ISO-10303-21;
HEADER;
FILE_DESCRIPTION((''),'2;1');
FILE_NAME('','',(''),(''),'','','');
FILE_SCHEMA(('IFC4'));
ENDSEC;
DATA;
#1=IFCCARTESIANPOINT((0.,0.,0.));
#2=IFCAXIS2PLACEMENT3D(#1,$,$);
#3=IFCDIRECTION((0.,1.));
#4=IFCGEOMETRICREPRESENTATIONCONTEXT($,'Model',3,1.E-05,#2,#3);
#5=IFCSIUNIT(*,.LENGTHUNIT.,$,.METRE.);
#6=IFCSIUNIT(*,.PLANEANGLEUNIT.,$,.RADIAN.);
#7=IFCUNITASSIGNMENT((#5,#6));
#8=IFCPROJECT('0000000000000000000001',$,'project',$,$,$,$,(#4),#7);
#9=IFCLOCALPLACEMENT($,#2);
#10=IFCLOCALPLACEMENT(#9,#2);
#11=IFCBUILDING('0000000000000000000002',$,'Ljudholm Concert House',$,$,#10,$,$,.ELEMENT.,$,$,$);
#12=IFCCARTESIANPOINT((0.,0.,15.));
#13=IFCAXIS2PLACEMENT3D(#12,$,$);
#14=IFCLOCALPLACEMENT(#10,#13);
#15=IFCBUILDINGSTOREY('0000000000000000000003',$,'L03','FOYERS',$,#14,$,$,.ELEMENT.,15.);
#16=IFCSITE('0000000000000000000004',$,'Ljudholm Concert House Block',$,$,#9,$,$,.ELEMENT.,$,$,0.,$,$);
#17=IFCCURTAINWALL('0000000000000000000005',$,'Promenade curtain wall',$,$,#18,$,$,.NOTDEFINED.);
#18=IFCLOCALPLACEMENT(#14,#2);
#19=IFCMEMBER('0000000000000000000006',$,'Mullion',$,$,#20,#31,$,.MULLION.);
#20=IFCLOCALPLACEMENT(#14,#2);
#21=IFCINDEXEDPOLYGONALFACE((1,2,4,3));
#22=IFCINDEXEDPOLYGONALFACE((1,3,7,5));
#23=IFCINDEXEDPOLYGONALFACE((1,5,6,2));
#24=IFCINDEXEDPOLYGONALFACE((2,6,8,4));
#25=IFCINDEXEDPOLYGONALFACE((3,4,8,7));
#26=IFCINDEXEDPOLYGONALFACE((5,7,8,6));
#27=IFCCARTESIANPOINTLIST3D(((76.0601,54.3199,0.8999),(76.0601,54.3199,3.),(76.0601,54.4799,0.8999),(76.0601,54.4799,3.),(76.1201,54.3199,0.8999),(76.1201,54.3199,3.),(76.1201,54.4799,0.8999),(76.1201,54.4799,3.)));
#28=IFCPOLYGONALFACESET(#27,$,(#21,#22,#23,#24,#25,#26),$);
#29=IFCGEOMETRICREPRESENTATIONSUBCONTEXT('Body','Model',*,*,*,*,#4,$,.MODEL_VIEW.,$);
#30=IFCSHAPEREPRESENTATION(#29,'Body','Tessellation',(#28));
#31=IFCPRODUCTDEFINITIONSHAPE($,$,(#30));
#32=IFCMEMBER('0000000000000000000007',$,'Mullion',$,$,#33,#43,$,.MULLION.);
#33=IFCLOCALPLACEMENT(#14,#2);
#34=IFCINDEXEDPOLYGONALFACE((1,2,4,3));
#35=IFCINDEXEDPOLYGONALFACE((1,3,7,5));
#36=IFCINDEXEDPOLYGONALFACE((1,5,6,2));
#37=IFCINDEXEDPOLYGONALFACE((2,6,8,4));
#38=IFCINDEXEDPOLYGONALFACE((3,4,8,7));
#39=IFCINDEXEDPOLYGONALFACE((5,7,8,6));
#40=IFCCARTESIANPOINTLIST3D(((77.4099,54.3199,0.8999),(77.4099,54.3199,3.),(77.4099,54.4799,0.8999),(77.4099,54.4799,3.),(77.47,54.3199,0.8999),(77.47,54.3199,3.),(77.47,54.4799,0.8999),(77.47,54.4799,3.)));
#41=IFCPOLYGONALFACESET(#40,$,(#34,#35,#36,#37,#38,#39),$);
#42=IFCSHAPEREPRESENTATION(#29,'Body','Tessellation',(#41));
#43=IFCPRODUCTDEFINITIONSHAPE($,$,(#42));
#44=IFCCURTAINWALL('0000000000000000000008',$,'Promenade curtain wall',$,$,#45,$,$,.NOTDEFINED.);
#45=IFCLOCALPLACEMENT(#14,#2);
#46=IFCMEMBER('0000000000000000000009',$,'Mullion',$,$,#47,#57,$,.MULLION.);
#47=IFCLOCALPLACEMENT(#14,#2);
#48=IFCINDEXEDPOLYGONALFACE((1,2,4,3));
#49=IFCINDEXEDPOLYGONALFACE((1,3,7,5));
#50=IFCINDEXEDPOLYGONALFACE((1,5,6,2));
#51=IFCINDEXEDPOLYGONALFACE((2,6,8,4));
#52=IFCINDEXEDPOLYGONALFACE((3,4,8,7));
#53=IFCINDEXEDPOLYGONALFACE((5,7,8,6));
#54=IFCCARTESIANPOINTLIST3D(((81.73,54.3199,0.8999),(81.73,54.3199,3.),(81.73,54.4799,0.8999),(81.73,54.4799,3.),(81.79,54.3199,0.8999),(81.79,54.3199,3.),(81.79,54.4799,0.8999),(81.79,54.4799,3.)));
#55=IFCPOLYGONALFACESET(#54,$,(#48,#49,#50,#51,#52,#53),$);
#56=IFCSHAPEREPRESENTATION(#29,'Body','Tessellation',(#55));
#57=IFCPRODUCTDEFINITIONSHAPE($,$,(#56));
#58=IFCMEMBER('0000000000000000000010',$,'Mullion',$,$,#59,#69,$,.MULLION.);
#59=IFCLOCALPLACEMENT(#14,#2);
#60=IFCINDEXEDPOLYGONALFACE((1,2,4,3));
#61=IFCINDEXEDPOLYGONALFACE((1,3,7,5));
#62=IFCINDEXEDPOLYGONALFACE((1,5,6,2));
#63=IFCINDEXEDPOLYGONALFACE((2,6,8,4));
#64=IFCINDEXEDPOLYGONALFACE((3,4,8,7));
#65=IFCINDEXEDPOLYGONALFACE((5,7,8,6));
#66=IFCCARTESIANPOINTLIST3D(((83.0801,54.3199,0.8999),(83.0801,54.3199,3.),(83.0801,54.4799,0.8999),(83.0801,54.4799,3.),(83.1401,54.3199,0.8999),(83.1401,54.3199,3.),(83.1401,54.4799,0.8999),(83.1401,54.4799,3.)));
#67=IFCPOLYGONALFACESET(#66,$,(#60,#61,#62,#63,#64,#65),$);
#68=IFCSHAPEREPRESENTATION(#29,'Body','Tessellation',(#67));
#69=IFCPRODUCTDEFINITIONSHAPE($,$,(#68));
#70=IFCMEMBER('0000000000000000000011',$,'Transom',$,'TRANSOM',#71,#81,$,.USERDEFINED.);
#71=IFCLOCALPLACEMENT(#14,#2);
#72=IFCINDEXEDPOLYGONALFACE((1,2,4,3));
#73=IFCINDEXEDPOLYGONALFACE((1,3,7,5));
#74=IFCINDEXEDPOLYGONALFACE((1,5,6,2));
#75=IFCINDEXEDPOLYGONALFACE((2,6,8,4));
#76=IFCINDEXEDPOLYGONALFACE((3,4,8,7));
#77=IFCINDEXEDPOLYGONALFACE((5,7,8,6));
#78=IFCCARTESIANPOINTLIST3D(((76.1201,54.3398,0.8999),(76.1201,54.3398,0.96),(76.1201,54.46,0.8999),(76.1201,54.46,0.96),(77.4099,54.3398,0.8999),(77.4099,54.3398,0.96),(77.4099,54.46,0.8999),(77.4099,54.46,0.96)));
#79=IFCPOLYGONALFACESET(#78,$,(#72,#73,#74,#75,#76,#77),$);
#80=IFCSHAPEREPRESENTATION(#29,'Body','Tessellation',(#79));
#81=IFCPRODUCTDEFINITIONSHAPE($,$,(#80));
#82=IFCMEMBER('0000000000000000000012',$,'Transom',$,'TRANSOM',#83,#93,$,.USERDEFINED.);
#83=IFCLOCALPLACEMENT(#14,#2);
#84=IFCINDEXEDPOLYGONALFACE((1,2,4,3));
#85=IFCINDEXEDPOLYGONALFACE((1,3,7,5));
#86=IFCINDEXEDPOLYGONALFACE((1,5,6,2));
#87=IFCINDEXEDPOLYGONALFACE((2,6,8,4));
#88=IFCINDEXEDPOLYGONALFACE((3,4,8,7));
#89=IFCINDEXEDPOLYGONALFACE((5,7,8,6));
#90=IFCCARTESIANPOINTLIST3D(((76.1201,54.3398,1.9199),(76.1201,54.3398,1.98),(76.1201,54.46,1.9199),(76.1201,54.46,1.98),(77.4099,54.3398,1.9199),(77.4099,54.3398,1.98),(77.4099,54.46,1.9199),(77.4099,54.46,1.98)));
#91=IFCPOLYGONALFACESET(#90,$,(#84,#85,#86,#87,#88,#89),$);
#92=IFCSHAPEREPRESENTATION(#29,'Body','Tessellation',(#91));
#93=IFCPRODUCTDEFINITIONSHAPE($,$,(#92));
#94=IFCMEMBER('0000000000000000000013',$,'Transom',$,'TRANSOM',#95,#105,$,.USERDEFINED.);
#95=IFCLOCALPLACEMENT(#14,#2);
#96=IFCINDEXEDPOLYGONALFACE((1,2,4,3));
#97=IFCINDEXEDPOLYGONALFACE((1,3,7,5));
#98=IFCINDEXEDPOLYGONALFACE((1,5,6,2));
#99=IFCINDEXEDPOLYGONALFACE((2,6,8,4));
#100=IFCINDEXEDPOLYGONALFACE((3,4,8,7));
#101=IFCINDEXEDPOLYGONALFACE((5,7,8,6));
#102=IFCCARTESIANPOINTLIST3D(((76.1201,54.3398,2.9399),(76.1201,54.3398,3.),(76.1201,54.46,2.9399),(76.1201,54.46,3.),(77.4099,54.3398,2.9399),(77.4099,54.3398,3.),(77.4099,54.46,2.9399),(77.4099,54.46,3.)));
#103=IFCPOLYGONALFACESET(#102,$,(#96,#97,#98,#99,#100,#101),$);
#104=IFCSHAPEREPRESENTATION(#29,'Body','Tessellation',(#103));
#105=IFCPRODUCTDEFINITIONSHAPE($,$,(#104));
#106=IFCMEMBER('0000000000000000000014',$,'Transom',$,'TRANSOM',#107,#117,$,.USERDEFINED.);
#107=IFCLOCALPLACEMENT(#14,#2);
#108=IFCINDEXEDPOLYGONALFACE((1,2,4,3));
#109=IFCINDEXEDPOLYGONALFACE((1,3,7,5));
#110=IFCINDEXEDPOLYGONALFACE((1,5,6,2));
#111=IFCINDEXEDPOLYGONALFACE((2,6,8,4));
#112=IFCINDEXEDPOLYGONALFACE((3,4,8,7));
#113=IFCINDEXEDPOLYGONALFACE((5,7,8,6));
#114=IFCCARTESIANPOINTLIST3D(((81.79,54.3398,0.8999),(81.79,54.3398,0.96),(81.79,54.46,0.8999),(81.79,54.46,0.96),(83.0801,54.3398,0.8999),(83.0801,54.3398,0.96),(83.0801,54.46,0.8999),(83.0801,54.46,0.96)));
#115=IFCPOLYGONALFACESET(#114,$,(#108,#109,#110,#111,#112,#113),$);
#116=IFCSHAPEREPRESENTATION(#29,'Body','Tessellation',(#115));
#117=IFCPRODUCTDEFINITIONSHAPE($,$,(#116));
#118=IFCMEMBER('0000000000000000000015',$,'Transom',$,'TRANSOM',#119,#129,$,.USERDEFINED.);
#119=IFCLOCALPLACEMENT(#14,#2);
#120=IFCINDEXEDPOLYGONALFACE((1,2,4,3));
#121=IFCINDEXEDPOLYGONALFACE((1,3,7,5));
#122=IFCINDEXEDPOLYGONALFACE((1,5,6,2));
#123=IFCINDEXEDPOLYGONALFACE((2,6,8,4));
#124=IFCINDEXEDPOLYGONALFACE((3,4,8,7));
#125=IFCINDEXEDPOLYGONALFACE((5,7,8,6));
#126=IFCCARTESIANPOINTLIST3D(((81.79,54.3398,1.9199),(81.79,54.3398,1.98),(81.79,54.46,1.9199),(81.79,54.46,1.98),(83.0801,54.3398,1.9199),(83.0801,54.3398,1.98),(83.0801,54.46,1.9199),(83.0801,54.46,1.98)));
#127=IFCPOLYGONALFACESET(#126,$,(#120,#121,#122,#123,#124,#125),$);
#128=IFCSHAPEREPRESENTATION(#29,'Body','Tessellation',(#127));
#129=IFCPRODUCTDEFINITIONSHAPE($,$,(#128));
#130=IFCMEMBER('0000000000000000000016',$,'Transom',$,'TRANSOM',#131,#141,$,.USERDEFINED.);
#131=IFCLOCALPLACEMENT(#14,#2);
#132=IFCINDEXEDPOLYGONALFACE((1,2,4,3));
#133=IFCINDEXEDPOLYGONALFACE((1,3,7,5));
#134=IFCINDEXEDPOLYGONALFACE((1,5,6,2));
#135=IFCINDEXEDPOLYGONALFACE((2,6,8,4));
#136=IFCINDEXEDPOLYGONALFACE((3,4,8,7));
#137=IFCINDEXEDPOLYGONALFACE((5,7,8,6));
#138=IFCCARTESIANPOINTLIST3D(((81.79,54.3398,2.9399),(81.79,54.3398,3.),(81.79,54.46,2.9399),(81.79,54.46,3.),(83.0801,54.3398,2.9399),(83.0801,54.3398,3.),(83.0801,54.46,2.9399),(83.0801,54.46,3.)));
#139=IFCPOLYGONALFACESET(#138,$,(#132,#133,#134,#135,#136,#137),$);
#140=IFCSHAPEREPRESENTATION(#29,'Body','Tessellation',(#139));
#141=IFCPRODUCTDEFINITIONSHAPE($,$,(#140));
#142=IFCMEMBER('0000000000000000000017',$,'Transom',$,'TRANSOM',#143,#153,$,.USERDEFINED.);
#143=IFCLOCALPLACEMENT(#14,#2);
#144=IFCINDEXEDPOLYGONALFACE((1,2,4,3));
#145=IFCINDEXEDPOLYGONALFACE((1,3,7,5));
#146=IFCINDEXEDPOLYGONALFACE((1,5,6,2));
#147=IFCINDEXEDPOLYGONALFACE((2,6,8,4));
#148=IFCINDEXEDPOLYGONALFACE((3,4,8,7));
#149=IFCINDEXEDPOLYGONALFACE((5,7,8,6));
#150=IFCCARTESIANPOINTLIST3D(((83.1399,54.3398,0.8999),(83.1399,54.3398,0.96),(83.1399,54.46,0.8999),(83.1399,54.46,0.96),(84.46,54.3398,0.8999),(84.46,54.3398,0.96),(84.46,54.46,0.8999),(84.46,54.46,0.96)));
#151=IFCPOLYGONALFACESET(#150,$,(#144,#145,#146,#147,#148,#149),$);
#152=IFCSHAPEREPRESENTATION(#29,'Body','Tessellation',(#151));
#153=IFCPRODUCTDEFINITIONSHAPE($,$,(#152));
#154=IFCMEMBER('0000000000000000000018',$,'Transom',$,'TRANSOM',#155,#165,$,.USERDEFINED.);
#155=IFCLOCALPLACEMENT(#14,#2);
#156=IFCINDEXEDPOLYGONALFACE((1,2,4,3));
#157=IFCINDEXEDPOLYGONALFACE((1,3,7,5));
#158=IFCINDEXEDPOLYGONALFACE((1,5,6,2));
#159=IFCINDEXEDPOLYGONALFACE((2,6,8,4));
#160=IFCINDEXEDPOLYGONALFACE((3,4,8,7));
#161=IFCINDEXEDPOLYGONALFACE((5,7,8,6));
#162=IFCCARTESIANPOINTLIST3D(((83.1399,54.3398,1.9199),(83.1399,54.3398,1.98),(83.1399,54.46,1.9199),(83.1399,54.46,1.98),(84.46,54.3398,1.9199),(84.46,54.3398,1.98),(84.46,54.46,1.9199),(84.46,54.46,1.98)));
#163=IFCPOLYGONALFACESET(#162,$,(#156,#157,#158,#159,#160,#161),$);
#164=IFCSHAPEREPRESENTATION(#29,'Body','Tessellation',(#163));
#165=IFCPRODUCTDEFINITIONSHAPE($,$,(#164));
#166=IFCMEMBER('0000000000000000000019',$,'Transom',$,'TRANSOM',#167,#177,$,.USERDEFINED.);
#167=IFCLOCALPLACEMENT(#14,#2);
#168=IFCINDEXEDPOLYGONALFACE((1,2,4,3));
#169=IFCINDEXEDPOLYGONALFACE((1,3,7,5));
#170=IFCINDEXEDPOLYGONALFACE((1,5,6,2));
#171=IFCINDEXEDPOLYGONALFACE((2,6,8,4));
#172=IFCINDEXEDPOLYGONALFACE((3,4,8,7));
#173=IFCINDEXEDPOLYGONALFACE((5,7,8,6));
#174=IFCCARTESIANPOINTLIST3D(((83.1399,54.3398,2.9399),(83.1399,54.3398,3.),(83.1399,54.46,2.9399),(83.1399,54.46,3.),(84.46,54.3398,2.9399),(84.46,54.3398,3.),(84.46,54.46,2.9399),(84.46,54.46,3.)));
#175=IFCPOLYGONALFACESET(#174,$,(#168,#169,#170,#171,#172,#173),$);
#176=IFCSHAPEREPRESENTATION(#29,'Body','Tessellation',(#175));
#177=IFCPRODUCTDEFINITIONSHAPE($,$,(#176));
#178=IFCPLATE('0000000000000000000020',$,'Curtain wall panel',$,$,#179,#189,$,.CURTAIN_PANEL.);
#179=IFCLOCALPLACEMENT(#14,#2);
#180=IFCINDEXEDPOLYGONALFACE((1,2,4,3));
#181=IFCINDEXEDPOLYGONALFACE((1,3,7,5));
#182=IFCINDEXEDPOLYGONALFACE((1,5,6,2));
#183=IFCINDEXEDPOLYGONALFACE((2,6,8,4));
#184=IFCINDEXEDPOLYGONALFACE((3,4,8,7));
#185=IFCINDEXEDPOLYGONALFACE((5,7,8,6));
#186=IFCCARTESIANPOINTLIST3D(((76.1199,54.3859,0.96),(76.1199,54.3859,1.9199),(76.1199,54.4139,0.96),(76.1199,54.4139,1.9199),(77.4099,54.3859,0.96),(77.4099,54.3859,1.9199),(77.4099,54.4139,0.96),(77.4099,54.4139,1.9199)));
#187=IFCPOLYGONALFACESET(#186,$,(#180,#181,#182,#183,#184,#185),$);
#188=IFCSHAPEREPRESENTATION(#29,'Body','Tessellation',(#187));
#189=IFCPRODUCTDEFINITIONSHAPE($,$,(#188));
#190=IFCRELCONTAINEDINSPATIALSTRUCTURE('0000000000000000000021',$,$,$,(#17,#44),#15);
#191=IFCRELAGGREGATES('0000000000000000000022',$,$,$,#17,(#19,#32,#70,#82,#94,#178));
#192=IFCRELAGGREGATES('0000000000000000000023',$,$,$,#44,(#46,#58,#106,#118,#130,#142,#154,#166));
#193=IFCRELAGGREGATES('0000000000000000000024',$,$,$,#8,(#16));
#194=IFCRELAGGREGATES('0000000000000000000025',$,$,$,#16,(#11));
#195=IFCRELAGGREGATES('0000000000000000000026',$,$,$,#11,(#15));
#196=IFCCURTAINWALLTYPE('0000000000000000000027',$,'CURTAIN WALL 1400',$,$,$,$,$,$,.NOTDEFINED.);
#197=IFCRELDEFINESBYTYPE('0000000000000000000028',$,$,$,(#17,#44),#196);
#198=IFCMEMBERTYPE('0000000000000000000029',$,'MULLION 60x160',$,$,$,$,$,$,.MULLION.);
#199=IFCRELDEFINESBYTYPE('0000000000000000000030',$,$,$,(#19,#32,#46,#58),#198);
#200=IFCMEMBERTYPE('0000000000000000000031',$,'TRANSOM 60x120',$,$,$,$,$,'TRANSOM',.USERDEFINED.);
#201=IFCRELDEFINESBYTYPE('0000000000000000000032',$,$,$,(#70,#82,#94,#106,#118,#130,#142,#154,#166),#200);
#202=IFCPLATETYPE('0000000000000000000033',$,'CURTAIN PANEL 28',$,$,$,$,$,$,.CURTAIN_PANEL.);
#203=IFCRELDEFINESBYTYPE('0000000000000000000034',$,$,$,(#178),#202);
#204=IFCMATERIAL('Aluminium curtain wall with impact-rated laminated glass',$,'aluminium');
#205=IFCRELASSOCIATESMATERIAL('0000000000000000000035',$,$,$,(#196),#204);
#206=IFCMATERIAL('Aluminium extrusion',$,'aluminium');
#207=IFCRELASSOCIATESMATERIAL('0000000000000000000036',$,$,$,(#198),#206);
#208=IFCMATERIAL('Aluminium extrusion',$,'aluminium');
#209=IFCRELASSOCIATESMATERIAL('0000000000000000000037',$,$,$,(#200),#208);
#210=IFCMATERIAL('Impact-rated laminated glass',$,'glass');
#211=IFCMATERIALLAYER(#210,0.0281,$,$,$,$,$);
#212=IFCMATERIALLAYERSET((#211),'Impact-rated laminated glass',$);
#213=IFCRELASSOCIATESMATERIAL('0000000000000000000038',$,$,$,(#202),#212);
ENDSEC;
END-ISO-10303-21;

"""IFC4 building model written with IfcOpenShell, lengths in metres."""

from ifc_helpers import new_model, si_unit, direction, frame, origin, origin_2d, place, context, subcontext, project, spatial, rectangle, extrude, material, layer, layer_set, material_profile, profile_set, type_object, element, aggregate, save


model = new_model("IFC4")

# Units and contexts
model_context = context("Model", 3, precision=1e-05, world=origin(), true_north=direction((0.0, 1.0)))
body_context = subcontext(model_context, "Body", "Model", "MODEL_VIEW")
ifc_project = project(units=[si_unit("LENGTHUNIT", "METRE"), si_unit("PLANEANGLEUNIT", "RADIAN")], contexts=[model_context])

# Site, building, storey
site_placement = place(None, origin())
site = spatial("IfcSite", under=ifc_project, at=site_placement, Name="Ljudholm Concert House Block", CompositionType="ELEMENT", RefElevation=0.0)
building_placement = place(site_placement, origin())
building = spatial("IfcBuilding", under=site, at=building_placement, Name="Ljudholm Concert House", CompositionType="ELEMENT")
storey_placement = place(building_placement, frame((0.0, 0.0, 15.0)))
storey = spatial("IfcBuildingStorey", under=building, at=storey_placement, Name="L03", Description="FOYERS", CompositionType="ELEMENT", Elevation=15.0)

# Curtain walls, members
ifc_material_1 = material(Name="Aluminium curtain wall with impact-rated laminated glass", Category="aluminium")
curtain_wall_type = type_object("IfcCurtainWallType", Name="CURTAIN WALL 1400", PredefinedType="NOTDEFINED", material=ifc_material_1)
curtain_wall_1_placement = place(storey_placement, origin())
curtain_wall_1 = element("IfcCurtainWall", 1, at=curtain_wall_1_placement, inside=storey, type_object=curtain_wall_type, Name="Promenade curtain wall", PredefinedType="NOTDEFINED")
ifc_material_2 = material(Name="Aluminium extrusion", Category="aluminium")
ifc_material_profile_1 = material_profile(ifc_material_2, rectangle(XDim=0.1599, YDim=0.0601, at=origin_2d()), Name="MULLION 60x160")
ifc_profile_set_1 = profile_set([ifc_material_profile_1], Name="Aluminium extrusion")
member_type_1 = type_object("IfcMemberType", Name="MULLION 60x160", PredefinedType="MULLION", material=ifc_profile_set_1)
member_1_placement = place(storey_placement, frame((76.0901, 54.3999, 0.8999), z_axis=(0.0, 0.0, 1.0), x_axis=(0.0, 1.0, 0.0)))
member_1 = element("IfcMember", 2, at=member_1_placement, type_object=member_type_1, Name="Mullion", PredefinedType="MULLION", context=body_context, shape_type="SweptSolid", body=[
    extrude(rectangle(XDim=0.1599, YDim=0.0601, at=origin_2d()), origin(), (0.0, 0.0, 1.0), 2.1001),
])
member_2_placement = place(storey_placement, frame((77.4399, 54.3999, 0.8999), z_axis=(0.0, 0.0, 1.0), x_axis=(0.0, 1.0, 0.0)))
member_2 = element("IfcMember", 3, at=member_2_placement, type_object=member_type_1, Name="Mullion", PredefinedType="MULLION", context=body_context, shape_type="SweptSolid", body=[
    extrude(rectangle(XDim=0.1599, YDim=0.0601, at=origin_2d()), origin(), (0.0, 0.0, 1.0), 2.1001),
])
curtain_wall_2_placement = place(storey_placement, origin())
curtain_wall_2 = element("IfcCurtainWall", 4, at=curtain_wall_2_placement, inside=storey, type_object=curtain_wall_type, Name="Promenade curtain wall", PredefinedType="NOTDEFINED")
member_3_placement = place(storey_placement, frame((81.76, 54.3999, 0.8999), z_axis=(0.0, 0.0, 1.0), x_axis=(0.0, 1.0, 0.0)))
member_3 = element("IfcMember", 5, at=member_3_placement, type_object=member_type_1, Name="Mullion", PredefinedType="MULLION", context=body_context, shape_type="SweptSolid", body=[
    extrude(rectangle(XDim=0.1599, YDim=0.0601, at=origin_2d()), origin(), (0.0, 0.0, 1.0), 2.1001),
])
member_4_placement = place(storey_placement, frame((83.1101, 54.3999, 0.8999), z_axis=(0.0, 0.0, 1.0), x_axis=(0.0, 1.0, 0.0)))
member_4 = element("IfcMember", 6, at=member_4_placement, type_object=member_type_1, Name="Mullion", PredefinedType="MULLION", context=body_context, shape_type="SweptSolid", body=[
    extrude(rectangle(XDim=0.1599, YDim=0.0601, at=origin_2d()), origin(), (0.0, 0.0, 1.0), 2.1001),
])

# Members
ifc_material_3 = material(Name="Aluminium extrusion", Category="aluminium")
ifc_material_profile_2 = material_profile(ifc_material_3, rectangle(XDim=0.1201, YDim=0.0601, at=origin_2d()), Name="TRANSOM 60x120")
ifc_profile_set_2 = profile_set([ifc_material_profile_2], Name="Aluminium extrusion")
member_type_2 = type_object("IfcMemberType", Name="TRANSOM 60x120", ElementType="TRANSOM", PredefinedType="USERDEFINED", material=ifc_profile_set_2)
member_5_placement = place(storey_placement, frame((76.1201, 54.3999, 0.9299), z_axis=(1.0, 0.0, 0.0), x_axis=(0.0, 1.0, 0.0)))
member_5 = element("IfcMember", 7, at=member_5_placement, type_object=member_type_2, Name="Transom", ObjectType="TRANSOM", PredefinedType="USERDEFINED", context=body_context, shape_type="SweptSolid", body=[
    extrude(rectangle(XDim=0.1201, YDim=0.0601, at=origin_2d()), origin(), (0.0, 0.0, 1.0), 1.2898),
])
member_6_placement = place(storey_placement, frame((76.1201, 54.3999, 1.95), z_axis=(1.0, 0.0, 0.0), x_axis=(0.0, 1.0, 0.0)))
member_6 = element("IfcMember", 8, at=member_6_placement, type_object=member_type_2, Name="Transom", ObjectType="TRANSOM", PredefinedType="USERDEFINED", context=body_context, shape_type="SweptSolid", body=[
    extrude(rectangle(XDim=0.1201, YDim=0.0601, at=origin_2d()), origin(), (0.0, 0.0, 1.0), 1.2898),
])
member_7_placement = place(storey_placement, frame((76.1201, 54.3999, 2.97), z_axis=(1.0, 0.0, 0.0), x_axis=(0.0, 1.0, 0.0)))
member_7 = element("IfcMember", 9, at=member_7_placement, type_object=member_type_2, Name="Transom", ObjectType="TRANSOM", PredefinedType="USERDEFINED", context=body_context, shape_type="SweptSolid", body=[
    extrude(rectangle(XDim=0.1201, YDim=0.0601, at=origin_2d()), origin(), (0.0, 0.0, 1.0), 1.2898),
])
member_8_placement = place(storey_placement, frame((81.79, 54.3999, 0.9299), z_axis=(1.0, 0.0, 0.0), x_axis=(0.0, 1.0, 0.0)))
member_8 = element("IfcMember", 10, at=member_8_placement, type_object=member_type_2, Name="Transom", ObjectType="TRANSOM", PredefinedType="USERDEFINED", context=body_context, shape_type="SweptSolid", body=[
    extrude(rectangle(XDim=0.1201, YDim=0.0601, at=origin_2d()), origin(), (0.0, 0.0, 1.0), 1.29),
])
member_9_placement = place(storey_placement, frame((81.79, 54.3999, 1.95), z_axis=(1.0, 0.0, 0.0), x_axis=(0.0, 1.0, 0.0)))
member_9 = element("IfcMember", 11, at=member_9_placement, type_object=member_type_2, Name="Transom", ObjectType="TRANSOM", PredefinedType="USERDEFINED", context=body_context, shape_type="SweptSolid", body=[
    extrude(rectangle(XDim=0.1201, YDim=0.0601, at=origin_2d()), origin(), (0.0, 0.0, 1.0), 1.29),
])
member_10_placement = place(storey_placement, frame((81.79, 54.3999, 2.97), z_axis=(1.0, 0.0, 0.0), x_axis=(0.0, 1.0, 0.0)))
member_10 = element("IfcMember", 12, at=member_10_placement, type_object=member_type_2, Name="Transom", ObjectType="TRANSOM", PredefinedType="USERDEFINED", context=body_context, shape_type="SweptSolid", body=[
    extrude(rectangle(XDim=0.1201, YDim=0.0601, at=origin_2d()), origin(), (0.0, 0.0, 1.0), 1.29),
])
member_11_placement = place(storey_placement, frame((83.1399, 54.3999, 0.9299), z_axis=(1.0, 0.0, 0.0), x_axis=(0.0, 1.0, 0.0)))
member_11 = element("IfcMember", 13, at=member_11_placement, type_object=member_type_2, Name="Transom", ObjectType="TRANSOM", PredefinedType="USERDEFINED", context=body_context, shape_type="SweptSolid", body=[
    extrude(rectangle(XDim=0.1201, YDim=0.0601, at=origin_2d()), origin(), (0.0, 0.0, 1.0), 1.3201),
])
member_12_placement = place(storey_placement, frame((83.1399, 54.3999, 1.95), z_axis=(1.0, 0.0, 0.0), x_axis=(0.0, 1.0, 0.0)))
member_12 = element("IfcMember", 14, at=member_12_placement, type_object=member_type_2, Name="Transom", ObjectType="TRANSOM", PredefinedType="USERDEFINED", context=body_context, shape_type="SweptSolid", body=[
    extrude(rectangle(XDim=0.1201, YDim=0.0601, at=origin_2d()), origin(), (0.0, 0.0, 1.0), 1.3201),
])
member_13_placement = place(storey_placement, frame((83.1399, 54.3999, 2.97), z_axis=(1.0, 0.0, 0.0), x_axis=(0.0, 1.0, 0.0)))
member_13 = element("IfcMember", 15, at=member_13_placement, type_object=member_type_2, Name="Transom", ObjectType="TRANSOM", PredefinedType="USERDEFINED", context=body_context, shape_type="SweptSolid", body=[
    extrude(rectangle(XDim=0.1201, YDim=0.0601, at=origin_2d()), origin(), (0.0, 0.0, 1.0), 1.3201),
])

# Plate
ifc_material_4 = material(Name="Impact-rated laminated glass", Category="glass")
ifc_layer_1 = layer(ifc_material_4, 0.0281)
ifc_layer_set_1 = layer_set([ifc_layer_1], Name="Impact-rated laminated glass")
plate_type = type_object("IfcPlateType", Name="CURTAIN PANEL 28", PredefinedType="CURTAIN_PANEL", material=ifc_layer_set_1)
plate_1_placement = place(storey_placement, frame((76.7649, 54.3999, 0.96), z_axis=(0.0, 0.0, 1.0), x_axis=(1.0, 0.0, 0.0)))
plate_1 = element("IfcPlate", 16, at=plate_1_placement, type_object=plate_type, Name="Curtain wall panel", PredefinedType="CURTAIN_PANEL", context=body_context, shape_type="SweptSolid", body=[
    extrude(rectangle(XDim=1.29, YDim=0.0281, at=origin_2d()), origin(), (0.0, 0.0, 1.0), 0.96),
])
aggregate(curtain_wall_1, [member_1, member_2, member_5, member_6, member_7, plate_1])
aggregate(curtain_wall_2, [member_3, member_4, member_8, member_9, member_10, member_11, member_12, member_13])

save(model, "model.ifc")
